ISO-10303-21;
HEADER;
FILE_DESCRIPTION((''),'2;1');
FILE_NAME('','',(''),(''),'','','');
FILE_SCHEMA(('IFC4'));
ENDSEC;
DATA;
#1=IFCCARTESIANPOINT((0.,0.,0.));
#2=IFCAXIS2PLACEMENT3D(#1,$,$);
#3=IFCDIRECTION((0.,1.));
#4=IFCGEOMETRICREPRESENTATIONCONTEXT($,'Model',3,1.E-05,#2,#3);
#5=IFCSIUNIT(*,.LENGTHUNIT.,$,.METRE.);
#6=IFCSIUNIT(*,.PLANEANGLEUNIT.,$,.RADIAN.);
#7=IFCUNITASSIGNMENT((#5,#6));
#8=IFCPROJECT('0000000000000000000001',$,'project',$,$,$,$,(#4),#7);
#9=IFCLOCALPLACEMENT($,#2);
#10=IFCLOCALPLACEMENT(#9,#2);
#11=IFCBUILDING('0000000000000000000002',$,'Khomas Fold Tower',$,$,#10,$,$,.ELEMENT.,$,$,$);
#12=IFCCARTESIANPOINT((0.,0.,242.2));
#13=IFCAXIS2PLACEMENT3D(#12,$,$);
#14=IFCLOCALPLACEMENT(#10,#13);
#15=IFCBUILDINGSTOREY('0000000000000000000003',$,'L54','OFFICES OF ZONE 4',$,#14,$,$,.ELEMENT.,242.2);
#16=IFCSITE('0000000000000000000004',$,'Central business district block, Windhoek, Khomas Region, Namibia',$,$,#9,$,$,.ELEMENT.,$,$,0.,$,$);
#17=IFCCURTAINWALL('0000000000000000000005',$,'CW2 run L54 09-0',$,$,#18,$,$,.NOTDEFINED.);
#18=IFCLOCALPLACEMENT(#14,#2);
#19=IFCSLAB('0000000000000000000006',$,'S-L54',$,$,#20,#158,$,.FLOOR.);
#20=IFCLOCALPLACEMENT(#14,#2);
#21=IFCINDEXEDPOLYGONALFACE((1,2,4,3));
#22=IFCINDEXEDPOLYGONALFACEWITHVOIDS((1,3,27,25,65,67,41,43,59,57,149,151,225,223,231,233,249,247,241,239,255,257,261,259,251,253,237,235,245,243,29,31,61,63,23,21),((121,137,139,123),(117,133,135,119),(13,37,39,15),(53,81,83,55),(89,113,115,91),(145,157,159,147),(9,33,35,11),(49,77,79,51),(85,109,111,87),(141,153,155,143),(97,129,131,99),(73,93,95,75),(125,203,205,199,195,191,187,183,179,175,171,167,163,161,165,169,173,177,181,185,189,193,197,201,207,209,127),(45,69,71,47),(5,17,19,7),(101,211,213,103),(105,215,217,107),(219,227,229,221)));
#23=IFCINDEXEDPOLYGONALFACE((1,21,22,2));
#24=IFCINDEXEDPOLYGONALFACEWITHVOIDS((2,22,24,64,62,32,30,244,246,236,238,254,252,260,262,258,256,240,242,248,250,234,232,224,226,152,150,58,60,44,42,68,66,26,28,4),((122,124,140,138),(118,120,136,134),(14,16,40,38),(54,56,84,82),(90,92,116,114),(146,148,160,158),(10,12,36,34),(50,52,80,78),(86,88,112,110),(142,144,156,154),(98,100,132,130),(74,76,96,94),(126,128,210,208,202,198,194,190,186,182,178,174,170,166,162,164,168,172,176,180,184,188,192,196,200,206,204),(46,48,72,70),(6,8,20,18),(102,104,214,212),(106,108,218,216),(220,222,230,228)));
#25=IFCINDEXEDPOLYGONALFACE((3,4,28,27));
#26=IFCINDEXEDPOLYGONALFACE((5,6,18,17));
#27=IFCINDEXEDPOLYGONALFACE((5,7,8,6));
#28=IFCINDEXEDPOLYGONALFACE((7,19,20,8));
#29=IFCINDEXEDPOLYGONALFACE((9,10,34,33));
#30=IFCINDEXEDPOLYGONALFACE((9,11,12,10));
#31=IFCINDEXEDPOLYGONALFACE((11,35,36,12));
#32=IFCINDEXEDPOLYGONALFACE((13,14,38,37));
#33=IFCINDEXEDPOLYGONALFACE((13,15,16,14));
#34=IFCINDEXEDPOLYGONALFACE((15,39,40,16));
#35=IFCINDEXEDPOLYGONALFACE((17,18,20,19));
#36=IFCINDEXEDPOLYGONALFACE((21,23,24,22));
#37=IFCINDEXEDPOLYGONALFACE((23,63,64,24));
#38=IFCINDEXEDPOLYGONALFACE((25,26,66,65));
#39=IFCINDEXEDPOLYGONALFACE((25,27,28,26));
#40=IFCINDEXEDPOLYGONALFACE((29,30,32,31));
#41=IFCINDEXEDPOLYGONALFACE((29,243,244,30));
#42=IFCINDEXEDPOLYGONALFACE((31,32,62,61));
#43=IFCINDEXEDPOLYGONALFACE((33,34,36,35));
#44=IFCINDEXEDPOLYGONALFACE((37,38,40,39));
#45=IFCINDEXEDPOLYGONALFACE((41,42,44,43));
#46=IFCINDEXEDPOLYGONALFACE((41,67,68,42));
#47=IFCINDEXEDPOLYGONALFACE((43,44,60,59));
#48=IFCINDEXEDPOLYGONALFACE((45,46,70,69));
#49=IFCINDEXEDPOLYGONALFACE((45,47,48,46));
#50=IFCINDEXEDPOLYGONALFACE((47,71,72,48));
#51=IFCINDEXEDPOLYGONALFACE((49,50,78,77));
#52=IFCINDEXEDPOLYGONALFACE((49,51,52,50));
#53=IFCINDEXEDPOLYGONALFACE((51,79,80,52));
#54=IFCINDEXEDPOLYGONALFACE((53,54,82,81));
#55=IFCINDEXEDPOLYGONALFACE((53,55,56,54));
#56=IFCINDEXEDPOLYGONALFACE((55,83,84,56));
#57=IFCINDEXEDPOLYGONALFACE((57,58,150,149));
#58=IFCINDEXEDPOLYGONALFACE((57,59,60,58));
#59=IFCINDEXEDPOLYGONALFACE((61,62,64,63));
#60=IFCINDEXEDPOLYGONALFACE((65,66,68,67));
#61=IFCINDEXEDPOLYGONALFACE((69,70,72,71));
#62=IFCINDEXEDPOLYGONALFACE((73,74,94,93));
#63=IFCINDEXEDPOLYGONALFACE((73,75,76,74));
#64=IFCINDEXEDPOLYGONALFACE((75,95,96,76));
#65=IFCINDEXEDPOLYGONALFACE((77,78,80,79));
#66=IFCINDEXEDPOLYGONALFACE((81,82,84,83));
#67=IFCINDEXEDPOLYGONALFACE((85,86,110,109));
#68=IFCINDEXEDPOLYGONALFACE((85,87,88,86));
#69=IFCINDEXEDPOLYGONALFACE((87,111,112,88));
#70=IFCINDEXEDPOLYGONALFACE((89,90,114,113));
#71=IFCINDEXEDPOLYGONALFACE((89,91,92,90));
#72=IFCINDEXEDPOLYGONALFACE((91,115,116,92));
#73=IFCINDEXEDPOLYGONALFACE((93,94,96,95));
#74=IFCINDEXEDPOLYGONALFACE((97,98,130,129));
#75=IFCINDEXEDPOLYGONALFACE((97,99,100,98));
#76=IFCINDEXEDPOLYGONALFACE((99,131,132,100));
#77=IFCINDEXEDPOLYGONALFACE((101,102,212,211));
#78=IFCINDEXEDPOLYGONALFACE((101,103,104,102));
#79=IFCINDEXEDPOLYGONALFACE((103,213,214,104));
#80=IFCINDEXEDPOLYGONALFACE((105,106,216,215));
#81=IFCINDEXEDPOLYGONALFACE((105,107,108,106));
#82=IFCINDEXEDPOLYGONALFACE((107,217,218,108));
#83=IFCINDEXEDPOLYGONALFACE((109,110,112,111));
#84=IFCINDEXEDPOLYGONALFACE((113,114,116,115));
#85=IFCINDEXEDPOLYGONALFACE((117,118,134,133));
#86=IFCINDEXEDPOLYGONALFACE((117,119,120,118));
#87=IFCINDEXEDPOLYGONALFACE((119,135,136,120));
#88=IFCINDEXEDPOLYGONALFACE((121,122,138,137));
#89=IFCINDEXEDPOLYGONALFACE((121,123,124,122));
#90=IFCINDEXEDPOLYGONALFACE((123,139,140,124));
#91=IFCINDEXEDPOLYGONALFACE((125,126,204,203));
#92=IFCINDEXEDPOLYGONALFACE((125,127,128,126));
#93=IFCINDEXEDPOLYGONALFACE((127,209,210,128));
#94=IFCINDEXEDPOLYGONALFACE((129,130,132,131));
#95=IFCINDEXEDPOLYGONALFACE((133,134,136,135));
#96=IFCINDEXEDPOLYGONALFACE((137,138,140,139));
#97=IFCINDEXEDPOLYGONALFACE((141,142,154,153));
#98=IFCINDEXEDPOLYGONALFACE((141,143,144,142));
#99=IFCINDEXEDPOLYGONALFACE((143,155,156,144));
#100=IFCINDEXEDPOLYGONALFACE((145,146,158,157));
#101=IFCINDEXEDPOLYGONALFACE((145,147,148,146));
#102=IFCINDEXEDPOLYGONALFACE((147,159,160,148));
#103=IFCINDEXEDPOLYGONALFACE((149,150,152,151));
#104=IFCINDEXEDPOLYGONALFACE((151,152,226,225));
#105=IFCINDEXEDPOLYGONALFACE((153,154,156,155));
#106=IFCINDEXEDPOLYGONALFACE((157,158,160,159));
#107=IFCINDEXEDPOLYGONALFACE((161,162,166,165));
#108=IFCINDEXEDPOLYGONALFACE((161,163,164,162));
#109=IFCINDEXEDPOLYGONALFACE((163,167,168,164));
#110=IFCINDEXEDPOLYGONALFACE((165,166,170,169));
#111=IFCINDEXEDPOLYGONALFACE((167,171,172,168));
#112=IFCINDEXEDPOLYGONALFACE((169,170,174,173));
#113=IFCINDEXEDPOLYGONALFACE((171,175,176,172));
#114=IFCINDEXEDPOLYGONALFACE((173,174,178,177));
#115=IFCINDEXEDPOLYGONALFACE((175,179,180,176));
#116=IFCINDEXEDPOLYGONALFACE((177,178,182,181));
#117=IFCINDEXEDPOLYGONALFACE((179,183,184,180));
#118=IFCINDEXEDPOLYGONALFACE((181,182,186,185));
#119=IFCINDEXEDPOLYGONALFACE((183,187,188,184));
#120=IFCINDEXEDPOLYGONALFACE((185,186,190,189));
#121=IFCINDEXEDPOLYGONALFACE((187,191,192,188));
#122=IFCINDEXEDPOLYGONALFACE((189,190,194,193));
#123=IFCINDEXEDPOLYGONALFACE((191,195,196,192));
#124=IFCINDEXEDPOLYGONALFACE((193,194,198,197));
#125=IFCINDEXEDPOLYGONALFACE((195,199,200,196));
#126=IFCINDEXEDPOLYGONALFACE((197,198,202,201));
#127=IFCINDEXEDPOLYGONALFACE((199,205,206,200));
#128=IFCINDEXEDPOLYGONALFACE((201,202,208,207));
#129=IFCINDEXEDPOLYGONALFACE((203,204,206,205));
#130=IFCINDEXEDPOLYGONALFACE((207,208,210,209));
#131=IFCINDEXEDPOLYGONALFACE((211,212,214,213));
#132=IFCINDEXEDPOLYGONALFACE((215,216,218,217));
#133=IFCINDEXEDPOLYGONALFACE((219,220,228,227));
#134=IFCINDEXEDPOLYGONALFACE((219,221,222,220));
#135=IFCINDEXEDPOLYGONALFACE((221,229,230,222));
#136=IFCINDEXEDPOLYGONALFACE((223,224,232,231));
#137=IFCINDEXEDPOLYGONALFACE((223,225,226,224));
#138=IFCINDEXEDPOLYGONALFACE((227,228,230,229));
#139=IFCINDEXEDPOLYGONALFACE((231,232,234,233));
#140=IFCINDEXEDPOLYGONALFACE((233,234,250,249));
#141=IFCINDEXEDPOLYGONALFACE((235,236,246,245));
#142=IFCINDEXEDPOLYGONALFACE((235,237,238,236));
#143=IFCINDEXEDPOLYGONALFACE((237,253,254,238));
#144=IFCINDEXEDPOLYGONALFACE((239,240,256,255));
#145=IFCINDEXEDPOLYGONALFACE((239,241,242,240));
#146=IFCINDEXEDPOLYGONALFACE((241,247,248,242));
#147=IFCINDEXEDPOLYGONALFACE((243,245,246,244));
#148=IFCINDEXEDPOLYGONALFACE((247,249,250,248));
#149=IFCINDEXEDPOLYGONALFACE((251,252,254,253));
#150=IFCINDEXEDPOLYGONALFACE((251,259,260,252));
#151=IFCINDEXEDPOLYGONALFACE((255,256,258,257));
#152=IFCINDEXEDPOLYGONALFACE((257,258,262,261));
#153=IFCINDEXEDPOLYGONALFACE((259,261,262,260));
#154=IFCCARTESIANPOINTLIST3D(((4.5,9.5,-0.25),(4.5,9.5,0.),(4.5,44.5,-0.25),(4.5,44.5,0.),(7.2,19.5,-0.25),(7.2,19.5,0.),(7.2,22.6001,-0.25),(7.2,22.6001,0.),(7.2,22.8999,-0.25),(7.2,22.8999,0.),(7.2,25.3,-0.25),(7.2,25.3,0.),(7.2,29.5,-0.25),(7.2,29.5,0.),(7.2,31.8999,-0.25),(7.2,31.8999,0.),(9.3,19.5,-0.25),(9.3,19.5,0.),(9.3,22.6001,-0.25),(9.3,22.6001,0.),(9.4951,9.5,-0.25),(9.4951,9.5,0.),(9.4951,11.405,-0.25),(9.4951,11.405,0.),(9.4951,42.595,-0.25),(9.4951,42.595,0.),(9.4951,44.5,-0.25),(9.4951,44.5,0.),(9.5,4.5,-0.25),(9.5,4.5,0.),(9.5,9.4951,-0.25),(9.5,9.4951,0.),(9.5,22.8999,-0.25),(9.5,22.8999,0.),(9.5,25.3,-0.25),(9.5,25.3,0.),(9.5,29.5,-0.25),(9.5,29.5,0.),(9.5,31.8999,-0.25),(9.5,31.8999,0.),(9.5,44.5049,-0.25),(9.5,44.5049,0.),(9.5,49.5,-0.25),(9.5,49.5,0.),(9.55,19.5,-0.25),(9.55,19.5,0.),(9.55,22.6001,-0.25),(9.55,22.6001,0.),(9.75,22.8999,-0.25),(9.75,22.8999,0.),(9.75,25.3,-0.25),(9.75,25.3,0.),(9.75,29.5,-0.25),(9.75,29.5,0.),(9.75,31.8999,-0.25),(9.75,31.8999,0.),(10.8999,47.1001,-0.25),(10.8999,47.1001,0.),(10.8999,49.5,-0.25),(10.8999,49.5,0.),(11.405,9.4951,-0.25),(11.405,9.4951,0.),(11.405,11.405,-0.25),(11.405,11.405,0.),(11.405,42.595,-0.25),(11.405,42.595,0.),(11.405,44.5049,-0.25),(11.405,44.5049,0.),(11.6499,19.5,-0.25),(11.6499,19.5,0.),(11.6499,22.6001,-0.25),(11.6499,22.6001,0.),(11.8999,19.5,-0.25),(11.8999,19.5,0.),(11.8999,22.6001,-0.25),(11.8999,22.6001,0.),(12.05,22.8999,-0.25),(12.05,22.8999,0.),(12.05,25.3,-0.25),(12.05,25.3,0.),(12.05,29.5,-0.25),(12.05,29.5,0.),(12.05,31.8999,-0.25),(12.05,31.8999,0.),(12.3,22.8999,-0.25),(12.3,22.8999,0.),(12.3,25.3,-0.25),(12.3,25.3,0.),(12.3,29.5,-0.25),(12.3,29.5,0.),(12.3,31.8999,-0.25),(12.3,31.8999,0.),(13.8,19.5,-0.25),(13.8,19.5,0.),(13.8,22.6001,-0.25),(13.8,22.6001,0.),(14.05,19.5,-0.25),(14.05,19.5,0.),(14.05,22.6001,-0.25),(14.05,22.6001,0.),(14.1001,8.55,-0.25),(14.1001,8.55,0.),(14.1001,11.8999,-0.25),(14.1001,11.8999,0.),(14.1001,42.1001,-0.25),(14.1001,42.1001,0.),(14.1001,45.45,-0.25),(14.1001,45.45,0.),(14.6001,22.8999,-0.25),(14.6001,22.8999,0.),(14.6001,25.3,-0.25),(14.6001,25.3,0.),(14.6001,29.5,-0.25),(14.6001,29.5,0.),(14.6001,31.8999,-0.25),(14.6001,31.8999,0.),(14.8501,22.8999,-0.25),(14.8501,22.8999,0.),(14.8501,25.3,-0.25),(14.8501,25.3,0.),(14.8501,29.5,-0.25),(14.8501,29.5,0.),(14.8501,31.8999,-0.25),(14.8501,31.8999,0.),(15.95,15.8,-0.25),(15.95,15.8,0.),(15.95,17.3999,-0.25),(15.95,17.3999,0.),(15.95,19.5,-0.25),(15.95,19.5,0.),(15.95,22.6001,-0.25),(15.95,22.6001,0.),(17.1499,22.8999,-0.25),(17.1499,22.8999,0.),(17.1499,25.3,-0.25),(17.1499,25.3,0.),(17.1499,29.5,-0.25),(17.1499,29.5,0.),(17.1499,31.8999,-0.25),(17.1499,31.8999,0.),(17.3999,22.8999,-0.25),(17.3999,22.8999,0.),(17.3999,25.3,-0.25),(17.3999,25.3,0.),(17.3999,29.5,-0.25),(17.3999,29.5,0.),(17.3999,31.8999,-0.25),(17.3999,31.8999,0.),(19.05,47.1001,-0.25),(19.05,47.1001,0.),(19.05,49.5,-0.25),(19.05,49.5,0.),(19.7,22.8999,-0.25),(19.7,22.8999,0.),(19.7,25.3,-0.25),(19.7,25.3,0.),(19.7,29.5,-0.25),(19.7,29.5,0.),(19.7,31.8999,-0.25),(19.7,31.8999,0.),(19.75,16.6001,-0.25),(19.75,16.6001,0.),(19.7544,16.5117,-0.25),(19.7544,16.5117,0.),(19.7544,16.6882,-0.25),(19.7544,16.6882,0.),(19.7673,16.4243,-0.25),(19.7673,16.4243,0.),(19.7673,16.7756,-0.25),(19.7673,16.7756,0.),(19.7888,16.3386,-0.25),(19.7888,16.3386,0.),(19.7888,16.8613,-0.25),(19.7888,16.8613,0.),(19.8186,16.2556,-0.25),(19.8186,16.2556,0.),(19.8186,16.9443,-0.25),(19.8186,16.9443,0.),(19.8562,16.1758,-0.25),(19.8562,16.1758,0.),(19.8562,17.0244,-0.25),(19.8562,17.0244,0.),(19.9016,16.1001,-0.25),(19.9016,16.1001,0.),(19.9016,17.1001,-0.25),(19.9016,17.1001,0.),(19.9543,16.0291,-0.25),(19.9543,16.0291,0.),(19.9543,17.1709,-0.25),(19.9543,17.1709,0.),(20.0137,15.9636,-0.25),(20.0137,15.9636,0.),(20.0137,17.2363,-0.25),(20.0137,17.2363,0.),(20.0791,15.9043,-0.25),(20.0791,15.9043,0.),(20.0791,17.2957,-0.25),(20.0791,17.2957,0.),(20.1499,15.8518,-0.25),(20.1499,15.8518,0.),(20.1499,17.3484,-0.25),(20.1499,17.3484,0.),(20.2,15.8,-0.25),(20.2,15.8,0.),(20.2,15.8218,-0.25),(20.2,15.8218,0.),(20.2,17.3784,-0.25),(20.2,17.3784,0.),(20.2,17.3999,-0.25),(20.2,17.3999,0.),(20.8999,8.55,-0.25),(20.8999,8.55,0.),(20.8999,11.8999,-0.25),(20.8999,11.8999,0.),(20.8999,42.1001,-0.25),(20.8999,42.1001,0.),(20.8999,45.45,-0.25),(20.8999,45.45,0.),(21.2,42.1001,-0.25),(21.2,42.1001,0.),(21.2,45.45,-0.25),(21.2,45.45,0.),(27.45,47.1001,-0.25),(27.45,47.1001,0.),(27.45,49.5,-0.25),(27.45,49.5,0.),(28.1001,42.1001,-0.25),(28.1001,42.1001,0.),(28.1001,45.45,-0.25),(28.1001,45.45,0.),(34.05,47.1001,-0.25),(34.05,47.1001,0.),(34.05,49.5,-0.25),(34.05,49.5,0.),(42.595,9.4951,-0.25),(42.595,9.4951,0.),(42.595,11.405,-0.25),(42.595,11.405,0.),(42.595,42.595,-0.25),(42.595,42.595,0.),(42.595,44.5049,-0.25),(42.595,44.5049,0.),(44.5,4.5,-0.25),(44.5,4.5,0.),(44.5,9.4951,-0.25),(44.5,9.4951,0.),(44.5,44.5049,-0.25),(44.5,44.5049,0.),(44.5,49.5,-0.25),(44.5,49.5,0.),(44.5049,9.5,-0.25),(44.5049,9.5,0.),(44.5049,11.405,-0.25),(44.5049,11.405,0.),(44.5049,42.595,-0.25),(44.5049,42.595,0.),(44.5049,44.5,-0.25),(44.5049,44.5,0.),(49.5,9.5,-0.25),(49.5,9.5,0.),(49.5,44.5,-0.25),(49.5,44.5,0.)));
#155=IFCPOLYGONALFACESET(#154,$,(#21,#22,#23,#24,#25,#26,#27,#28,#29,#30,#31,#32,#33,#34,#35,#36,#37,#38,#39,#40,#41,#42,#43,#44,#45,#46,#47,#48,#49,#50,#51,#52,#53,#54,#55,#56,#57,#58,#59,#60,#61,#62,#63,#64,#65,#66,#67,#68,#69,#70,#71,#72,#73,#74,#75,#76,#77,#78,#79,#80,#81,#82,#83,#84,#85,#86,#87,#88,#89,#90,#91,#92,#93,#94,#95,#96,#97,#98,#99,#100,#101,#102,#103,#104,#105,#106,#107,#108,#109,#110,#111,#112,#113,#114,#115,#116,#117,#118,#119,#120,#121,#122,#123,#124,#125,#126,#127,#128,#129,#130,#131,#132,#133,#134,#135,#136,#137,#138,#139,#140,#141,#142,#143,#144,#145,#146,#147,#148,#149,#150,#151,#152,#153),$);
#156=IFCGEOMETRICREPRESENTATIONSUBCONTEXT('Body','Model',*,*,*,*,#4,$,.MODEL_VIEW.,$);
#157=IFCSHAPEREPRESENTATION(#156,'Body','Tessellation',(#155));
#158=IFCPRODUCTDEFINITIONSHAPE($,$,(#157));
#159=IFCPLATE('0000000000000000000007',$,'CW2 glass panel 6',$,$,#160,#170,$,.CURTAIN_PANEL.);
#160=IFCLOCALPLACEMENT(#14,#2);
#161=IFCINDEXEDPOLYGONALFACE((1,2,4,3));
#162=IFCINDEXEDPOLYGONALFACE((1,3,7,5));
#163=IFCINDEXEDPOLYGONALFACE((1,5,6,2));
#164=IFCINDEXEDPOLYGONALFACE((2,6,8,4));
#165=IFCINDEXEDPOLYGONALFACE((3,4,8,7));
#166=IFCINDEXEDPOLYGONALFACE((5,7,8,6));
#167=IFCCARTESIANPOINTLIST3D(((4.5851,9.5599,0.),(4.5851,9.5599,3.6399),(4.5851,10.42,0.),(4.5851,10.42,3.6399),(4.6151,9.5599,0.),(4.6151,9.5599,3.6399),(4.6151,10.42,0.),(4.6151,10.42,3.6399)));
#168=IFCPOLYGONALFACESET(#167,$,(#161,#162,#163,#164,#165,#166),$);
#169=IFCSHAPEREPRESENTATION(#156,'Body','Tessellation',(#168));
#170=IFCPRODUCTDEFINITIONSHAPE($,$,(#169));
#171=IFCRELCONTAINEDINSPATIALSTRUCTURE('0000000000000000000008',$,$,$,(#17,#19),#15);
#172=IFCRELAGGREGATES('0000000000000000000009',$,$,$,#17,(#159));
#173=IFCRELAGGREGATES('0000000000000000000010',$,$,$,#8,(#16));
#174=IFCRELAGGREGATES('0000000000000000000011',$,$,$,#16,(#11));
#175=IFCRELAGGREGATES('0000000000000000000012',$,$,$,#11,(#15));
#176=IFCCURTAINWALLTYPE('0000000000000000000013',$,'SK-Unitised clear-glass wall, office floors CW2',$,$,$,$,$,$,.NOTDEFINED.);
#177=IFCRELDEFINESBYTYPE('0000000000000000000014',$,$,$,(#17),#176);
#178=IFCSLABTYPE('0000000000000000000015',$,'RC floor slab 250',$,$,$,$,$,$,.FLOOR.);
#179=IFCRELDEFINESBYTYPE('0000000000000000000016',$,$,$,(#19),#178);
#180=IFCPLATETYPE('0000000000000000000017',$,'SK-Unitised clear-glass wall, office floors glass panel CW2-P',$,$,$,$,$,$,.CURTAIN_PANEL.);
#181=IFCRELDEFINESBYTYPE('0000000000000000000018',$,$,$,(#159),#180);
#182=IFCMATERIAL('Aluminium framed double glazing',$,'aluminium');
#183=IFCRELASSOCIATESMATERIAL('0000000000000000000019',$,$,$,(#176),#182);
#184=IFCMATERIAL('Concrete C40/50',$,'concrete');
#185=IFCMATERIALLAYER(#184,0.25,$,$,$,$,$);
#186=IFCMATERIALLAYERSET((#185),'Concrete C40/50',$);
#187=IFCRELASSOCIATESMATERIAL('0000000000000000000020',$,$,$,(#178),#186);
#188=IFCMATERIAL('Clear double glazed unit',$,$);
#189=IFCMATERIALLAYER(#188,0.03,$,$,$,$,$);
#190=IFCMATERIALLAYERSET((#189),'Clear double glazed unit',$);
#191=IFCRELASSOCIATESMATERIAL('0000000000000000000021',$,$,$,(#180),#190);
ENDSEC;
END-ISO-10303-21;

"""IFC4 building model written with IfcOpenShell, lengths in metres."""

from ifc_helpers import new_model, si_unit, direction, frame, origin, origin_2d, place, context, subcontext, project, spatial, polyline, rectangle, outline, extrude, source, transform, mapped, material, layer, layer_set, type_object, element, aggregate, save


model = new_model("IFC4")

# Units and contexts
model_context = context("Model", 3, precision=1e-05, world=origin(), true_north=direction((0.0, 1.0)))
body_context = subcontext(model_context, "Body", "Model", "MODEL_VIEW")
ifc_project = project(units=[si_unit("LENGTHUNIT", "METRE"), si_unit("PLANEANGLEUNIT", "RADIAN")], contexts=[model_context])

# Site, building, storey
site_placement = place(None, origin())
site = spatial("IfcSite", under=ifc_project, at=site_placement, Name="Central business district block, Windhoek, Khomas Region, Namibia", CompositionType="ELEMENT", RefElevation=0.0)
building_placement = place(site_placement, origin())
building = spatial("IfcBuilding", under=site, at=building_placement, Name="Khomas Fold Tower", CompositionType="ELEMENT")
storey_placement = place(building_placement, frame((0.0, 0.0, 242.2)))
storey = spatial("IfcBuildingStorey", under=building, at=storey_placement, Name="L54", Description="OFFICES OF ZONE 4", CompositionType="ELEMENT", Elevation=242.2)

# Curtain wall
ifc_material_1 = material(Name="Aluminium framed double glazing", Category="aluminium")
curtain_wall_type = type_object("IfcCurtainWallType", Name="SK-Unitised clear-glass wall, office floors CW2", PredefinedType="NOTDEFINED", material=ifc_material_1)
curtain_wall_1_placement = place(storey_placement, origin())
curtain_wall_1 = element("IfcCurtainWall", 1, at=curtain_wall_1_placement, inside=storey, type_object=curtain_wall_type, Name="CW2 run L54 09-0", PredefinedType="NOTDEFINED")

# Slab
ifc_material_2 = material(Name="Concrete C40/50", Category="concrete")
ifc_layer_1 = layer(ifc_material_2, 0.25)
ifc_layer_set_1 = layer_set([ifc_layer_1], Name="Concrete C40/50")
slab_type_1 = type_object("IfcSlabType", Name="RC floor slab 250", PredefinedType="FLOOR", material=ifc_layer_set_1)
shared_shape_1 = source(origin(), body_context, "Body", "SweptSolid", [
    extrude(outline(polyline([(4.5, 9.5), (9.4951, 9.5), (9.4951, 11.405), (11.405, 11.405), (11.405, 9.4951), (9.5, 9.4951), (9.5, 4.5), (44.5, 4.5), (44.5, 9.4951), (42.595, 9.4951), (42.595, 11.405), (44.5049, 11.405), (44.5049, 9.5), (49.5, 9.5), (49.5, 44.5), (44.5049, 44.5), (44.5049, 42.595), (42.595, 42.595), (42.595, 44.5049), (44.5, 44.5049), (44.5, 49.5), (34.05, 49.5), (34.05, 47.1001), (27.45, 47.1001), (27.45, 49.5), (19.05, 49.5), (19.05, 47.1001), (10.8999, 47.1001), (10.8999, 49.5), (9.5, 49.5), (9.5, 44.5049), (11.405, 44.5049), (11.405, 42.595), (9.4951, 42.595), (9.4951, 44.5), (4.5, 44.5), (4.5, 9.5)]), holes=[polyline([(7.2, 19.5), (7.2, 22.6001), (9.3, 22.6001), (9.3, 19.5), (7.2, 19.5)]), polyline([(7.2, 22.8999), (7.2, 25.3), (9.5, 25.3), (9.5, 22.8999), (7.2, 22.8999)]), polyline([(7.2, 29.5), (7.2, 31.8999), (9.5, 31.8999), (9.5, 29.5), (7.2, 29.5)]), polyline([(9.55, 19.5), (9.55, 22.6001), (11.6499, 22.6001), (11.6499, 19.5), (9.55, 19.5)]), polyline([(9.75, 22.8999), (9.75, 25.3), (12.05, 25.3), (12.05, 22.8999), (9.75, 22.8999)]), polyline([(9.75, 29.5), (9.75, 31.8999), (12.05, 31.8999), (12.05, 29.5), (9.75, 29.5)]), polyline([(11.8999, 19.5), (11.8999, 22.6001), (13.8, 22.6001), (13.8, 19.5), (11.8999, 19.5)]), polyline([(12.3, 22.8999), (12.3, 25.3), (14.6001, 25.3), (14.6001, 22.8999), (12.3, 22.8999)]), polyline([(12.3, 29.5), (12.3, 31.8999), (14.6001, 31.8999), (14.6001, 29.5), (12.3, 29.5)]), polyline([(14.05, 19.5), (14.05, 22.6001), (15.95, 22.6001), (15.95, 19.5), (14.05, 19.5)]), polyline([(14.1001, 8.55), (14.1001, 11.8999), (20.8999, 11.8999), (20.8999, 8.55), (14.1001, 8.55)]), polyline([(14.1001, 42.1001), (14.1001, 45.45), (20.8999, 45.45), (20.8999, 42.1001), (14.1001, 42.1001)]), polyline([(14.8501, 22.8999), (14.8501, 25.3), (17.1499, 25.3), (17.1499, 22.8999), (14.8501, 22.8999)]), polyline([(14.8501, 29.5), (14.8501, 31.8999), (17.1499, 31.8999), (17.1499, 29.5), (14.8501, 29.5)]), polyline([(15.95, 15.8), (15.95, 17.3999), (20.2, 17.3999), (20.2, 17.3784), (20.1499, 17.3484), (20.0791, 17.2957), (20.0137, 17.2363), (19.9543, 17.1709), (19.9016, 17.1001), (19.8562, 17.0244), (19.8186, 16.9443), (19.7888, 16.8613), (19.7673, 16.7756), (19.7544, 16.6882), (19.75, 16.6001), (19.7544, 16.5117), (19.7673, 16.4243), (19.7888, 16.3386), (19.8186, 16.2556), (19.8562, 16.1758), (19.9016, 16.1001), (19.9543, 16.0291), (20.0137, 15.9636), (20.0791, 15.9043), (20.1499, 15.8518), (20.2, 15.8218), (20.2, 15.8), (15.95, 15.8)]), polyline([(17.3999, 22.8999), (17.3999, 25.3), (19.7, 25.3), (19.7, 22.8999), (17.3999, 22.8999)]), polyline([(17.3999, 29.5), (17.3999, 31.8999), (19.7, 31.8999), (19.7, 29.5), (17.3999, 29.5)]), polyline([(21.2, 42.1001), (21.2, 45.45), (28.1001, 45.45), (28.1001, 42.1001), (21.2, 42.1001)])]), origin(), (0.0, 0.0, 1.0), 0.25),
])
slab_1_placement = place(storey_placement, frame((0.0, 0.0, -0.25)))
element("IfcSlab", 2, at=slab_1_placement, inside=storey, type_object=slab_type_1, Name="S-L54", PredefinedType="FLOOR", context=body_context, shape_type="MappedRepresentation", body=[
    mapped(shared_shape_1, transform((0.0, 0.0, 0.0))),
])

# Plate
ifc_material_3 = material(Name="Clear double glazed unit")
ifc_layer_2 = layer(ifc_material_3, 0.03)
ifc_layer_set_2 = layer_set([ifc_layer_2], Name="Clear double glazed unit")
plate_type = type_object("IfcPlateType", Name="SK-Unitised clear-glass wall, office floors glass panel CW2-P", PredefinedType="CURTAIN_PANEL", material=ifc_layer_set_2)
shared_shape_2 = source(origin(), body_context, "Body", "SweptSolid", [
    extrude(rectangle(XDim=0.8601, YDim=0.03, at=origin_2d()), origin(), (0.0, 0.0, 1.0), 3.6399),
])
plate_1_placement = place(storey_placement, frame((4.6001, 9.99, 0.0), z_axis=(0.0, 0.0, 1.0), x_axis=(0.0, -1.0, 0.0)))
plate_1 = element("IfcPlate", 3, at=plate_1_placement, type_object=plate_type, Name="CW2 glass panel 6", PredefinedType="CURTAIN_PANEL", context=body_context, shape_type="MappedRepresentation", body=[
    mapped(shared_shape_2, transform((0.0, 0.0, 0.0))),
])
aggregate(curtain_wall_1, [plate_1])

save(model, "model.ifc")
